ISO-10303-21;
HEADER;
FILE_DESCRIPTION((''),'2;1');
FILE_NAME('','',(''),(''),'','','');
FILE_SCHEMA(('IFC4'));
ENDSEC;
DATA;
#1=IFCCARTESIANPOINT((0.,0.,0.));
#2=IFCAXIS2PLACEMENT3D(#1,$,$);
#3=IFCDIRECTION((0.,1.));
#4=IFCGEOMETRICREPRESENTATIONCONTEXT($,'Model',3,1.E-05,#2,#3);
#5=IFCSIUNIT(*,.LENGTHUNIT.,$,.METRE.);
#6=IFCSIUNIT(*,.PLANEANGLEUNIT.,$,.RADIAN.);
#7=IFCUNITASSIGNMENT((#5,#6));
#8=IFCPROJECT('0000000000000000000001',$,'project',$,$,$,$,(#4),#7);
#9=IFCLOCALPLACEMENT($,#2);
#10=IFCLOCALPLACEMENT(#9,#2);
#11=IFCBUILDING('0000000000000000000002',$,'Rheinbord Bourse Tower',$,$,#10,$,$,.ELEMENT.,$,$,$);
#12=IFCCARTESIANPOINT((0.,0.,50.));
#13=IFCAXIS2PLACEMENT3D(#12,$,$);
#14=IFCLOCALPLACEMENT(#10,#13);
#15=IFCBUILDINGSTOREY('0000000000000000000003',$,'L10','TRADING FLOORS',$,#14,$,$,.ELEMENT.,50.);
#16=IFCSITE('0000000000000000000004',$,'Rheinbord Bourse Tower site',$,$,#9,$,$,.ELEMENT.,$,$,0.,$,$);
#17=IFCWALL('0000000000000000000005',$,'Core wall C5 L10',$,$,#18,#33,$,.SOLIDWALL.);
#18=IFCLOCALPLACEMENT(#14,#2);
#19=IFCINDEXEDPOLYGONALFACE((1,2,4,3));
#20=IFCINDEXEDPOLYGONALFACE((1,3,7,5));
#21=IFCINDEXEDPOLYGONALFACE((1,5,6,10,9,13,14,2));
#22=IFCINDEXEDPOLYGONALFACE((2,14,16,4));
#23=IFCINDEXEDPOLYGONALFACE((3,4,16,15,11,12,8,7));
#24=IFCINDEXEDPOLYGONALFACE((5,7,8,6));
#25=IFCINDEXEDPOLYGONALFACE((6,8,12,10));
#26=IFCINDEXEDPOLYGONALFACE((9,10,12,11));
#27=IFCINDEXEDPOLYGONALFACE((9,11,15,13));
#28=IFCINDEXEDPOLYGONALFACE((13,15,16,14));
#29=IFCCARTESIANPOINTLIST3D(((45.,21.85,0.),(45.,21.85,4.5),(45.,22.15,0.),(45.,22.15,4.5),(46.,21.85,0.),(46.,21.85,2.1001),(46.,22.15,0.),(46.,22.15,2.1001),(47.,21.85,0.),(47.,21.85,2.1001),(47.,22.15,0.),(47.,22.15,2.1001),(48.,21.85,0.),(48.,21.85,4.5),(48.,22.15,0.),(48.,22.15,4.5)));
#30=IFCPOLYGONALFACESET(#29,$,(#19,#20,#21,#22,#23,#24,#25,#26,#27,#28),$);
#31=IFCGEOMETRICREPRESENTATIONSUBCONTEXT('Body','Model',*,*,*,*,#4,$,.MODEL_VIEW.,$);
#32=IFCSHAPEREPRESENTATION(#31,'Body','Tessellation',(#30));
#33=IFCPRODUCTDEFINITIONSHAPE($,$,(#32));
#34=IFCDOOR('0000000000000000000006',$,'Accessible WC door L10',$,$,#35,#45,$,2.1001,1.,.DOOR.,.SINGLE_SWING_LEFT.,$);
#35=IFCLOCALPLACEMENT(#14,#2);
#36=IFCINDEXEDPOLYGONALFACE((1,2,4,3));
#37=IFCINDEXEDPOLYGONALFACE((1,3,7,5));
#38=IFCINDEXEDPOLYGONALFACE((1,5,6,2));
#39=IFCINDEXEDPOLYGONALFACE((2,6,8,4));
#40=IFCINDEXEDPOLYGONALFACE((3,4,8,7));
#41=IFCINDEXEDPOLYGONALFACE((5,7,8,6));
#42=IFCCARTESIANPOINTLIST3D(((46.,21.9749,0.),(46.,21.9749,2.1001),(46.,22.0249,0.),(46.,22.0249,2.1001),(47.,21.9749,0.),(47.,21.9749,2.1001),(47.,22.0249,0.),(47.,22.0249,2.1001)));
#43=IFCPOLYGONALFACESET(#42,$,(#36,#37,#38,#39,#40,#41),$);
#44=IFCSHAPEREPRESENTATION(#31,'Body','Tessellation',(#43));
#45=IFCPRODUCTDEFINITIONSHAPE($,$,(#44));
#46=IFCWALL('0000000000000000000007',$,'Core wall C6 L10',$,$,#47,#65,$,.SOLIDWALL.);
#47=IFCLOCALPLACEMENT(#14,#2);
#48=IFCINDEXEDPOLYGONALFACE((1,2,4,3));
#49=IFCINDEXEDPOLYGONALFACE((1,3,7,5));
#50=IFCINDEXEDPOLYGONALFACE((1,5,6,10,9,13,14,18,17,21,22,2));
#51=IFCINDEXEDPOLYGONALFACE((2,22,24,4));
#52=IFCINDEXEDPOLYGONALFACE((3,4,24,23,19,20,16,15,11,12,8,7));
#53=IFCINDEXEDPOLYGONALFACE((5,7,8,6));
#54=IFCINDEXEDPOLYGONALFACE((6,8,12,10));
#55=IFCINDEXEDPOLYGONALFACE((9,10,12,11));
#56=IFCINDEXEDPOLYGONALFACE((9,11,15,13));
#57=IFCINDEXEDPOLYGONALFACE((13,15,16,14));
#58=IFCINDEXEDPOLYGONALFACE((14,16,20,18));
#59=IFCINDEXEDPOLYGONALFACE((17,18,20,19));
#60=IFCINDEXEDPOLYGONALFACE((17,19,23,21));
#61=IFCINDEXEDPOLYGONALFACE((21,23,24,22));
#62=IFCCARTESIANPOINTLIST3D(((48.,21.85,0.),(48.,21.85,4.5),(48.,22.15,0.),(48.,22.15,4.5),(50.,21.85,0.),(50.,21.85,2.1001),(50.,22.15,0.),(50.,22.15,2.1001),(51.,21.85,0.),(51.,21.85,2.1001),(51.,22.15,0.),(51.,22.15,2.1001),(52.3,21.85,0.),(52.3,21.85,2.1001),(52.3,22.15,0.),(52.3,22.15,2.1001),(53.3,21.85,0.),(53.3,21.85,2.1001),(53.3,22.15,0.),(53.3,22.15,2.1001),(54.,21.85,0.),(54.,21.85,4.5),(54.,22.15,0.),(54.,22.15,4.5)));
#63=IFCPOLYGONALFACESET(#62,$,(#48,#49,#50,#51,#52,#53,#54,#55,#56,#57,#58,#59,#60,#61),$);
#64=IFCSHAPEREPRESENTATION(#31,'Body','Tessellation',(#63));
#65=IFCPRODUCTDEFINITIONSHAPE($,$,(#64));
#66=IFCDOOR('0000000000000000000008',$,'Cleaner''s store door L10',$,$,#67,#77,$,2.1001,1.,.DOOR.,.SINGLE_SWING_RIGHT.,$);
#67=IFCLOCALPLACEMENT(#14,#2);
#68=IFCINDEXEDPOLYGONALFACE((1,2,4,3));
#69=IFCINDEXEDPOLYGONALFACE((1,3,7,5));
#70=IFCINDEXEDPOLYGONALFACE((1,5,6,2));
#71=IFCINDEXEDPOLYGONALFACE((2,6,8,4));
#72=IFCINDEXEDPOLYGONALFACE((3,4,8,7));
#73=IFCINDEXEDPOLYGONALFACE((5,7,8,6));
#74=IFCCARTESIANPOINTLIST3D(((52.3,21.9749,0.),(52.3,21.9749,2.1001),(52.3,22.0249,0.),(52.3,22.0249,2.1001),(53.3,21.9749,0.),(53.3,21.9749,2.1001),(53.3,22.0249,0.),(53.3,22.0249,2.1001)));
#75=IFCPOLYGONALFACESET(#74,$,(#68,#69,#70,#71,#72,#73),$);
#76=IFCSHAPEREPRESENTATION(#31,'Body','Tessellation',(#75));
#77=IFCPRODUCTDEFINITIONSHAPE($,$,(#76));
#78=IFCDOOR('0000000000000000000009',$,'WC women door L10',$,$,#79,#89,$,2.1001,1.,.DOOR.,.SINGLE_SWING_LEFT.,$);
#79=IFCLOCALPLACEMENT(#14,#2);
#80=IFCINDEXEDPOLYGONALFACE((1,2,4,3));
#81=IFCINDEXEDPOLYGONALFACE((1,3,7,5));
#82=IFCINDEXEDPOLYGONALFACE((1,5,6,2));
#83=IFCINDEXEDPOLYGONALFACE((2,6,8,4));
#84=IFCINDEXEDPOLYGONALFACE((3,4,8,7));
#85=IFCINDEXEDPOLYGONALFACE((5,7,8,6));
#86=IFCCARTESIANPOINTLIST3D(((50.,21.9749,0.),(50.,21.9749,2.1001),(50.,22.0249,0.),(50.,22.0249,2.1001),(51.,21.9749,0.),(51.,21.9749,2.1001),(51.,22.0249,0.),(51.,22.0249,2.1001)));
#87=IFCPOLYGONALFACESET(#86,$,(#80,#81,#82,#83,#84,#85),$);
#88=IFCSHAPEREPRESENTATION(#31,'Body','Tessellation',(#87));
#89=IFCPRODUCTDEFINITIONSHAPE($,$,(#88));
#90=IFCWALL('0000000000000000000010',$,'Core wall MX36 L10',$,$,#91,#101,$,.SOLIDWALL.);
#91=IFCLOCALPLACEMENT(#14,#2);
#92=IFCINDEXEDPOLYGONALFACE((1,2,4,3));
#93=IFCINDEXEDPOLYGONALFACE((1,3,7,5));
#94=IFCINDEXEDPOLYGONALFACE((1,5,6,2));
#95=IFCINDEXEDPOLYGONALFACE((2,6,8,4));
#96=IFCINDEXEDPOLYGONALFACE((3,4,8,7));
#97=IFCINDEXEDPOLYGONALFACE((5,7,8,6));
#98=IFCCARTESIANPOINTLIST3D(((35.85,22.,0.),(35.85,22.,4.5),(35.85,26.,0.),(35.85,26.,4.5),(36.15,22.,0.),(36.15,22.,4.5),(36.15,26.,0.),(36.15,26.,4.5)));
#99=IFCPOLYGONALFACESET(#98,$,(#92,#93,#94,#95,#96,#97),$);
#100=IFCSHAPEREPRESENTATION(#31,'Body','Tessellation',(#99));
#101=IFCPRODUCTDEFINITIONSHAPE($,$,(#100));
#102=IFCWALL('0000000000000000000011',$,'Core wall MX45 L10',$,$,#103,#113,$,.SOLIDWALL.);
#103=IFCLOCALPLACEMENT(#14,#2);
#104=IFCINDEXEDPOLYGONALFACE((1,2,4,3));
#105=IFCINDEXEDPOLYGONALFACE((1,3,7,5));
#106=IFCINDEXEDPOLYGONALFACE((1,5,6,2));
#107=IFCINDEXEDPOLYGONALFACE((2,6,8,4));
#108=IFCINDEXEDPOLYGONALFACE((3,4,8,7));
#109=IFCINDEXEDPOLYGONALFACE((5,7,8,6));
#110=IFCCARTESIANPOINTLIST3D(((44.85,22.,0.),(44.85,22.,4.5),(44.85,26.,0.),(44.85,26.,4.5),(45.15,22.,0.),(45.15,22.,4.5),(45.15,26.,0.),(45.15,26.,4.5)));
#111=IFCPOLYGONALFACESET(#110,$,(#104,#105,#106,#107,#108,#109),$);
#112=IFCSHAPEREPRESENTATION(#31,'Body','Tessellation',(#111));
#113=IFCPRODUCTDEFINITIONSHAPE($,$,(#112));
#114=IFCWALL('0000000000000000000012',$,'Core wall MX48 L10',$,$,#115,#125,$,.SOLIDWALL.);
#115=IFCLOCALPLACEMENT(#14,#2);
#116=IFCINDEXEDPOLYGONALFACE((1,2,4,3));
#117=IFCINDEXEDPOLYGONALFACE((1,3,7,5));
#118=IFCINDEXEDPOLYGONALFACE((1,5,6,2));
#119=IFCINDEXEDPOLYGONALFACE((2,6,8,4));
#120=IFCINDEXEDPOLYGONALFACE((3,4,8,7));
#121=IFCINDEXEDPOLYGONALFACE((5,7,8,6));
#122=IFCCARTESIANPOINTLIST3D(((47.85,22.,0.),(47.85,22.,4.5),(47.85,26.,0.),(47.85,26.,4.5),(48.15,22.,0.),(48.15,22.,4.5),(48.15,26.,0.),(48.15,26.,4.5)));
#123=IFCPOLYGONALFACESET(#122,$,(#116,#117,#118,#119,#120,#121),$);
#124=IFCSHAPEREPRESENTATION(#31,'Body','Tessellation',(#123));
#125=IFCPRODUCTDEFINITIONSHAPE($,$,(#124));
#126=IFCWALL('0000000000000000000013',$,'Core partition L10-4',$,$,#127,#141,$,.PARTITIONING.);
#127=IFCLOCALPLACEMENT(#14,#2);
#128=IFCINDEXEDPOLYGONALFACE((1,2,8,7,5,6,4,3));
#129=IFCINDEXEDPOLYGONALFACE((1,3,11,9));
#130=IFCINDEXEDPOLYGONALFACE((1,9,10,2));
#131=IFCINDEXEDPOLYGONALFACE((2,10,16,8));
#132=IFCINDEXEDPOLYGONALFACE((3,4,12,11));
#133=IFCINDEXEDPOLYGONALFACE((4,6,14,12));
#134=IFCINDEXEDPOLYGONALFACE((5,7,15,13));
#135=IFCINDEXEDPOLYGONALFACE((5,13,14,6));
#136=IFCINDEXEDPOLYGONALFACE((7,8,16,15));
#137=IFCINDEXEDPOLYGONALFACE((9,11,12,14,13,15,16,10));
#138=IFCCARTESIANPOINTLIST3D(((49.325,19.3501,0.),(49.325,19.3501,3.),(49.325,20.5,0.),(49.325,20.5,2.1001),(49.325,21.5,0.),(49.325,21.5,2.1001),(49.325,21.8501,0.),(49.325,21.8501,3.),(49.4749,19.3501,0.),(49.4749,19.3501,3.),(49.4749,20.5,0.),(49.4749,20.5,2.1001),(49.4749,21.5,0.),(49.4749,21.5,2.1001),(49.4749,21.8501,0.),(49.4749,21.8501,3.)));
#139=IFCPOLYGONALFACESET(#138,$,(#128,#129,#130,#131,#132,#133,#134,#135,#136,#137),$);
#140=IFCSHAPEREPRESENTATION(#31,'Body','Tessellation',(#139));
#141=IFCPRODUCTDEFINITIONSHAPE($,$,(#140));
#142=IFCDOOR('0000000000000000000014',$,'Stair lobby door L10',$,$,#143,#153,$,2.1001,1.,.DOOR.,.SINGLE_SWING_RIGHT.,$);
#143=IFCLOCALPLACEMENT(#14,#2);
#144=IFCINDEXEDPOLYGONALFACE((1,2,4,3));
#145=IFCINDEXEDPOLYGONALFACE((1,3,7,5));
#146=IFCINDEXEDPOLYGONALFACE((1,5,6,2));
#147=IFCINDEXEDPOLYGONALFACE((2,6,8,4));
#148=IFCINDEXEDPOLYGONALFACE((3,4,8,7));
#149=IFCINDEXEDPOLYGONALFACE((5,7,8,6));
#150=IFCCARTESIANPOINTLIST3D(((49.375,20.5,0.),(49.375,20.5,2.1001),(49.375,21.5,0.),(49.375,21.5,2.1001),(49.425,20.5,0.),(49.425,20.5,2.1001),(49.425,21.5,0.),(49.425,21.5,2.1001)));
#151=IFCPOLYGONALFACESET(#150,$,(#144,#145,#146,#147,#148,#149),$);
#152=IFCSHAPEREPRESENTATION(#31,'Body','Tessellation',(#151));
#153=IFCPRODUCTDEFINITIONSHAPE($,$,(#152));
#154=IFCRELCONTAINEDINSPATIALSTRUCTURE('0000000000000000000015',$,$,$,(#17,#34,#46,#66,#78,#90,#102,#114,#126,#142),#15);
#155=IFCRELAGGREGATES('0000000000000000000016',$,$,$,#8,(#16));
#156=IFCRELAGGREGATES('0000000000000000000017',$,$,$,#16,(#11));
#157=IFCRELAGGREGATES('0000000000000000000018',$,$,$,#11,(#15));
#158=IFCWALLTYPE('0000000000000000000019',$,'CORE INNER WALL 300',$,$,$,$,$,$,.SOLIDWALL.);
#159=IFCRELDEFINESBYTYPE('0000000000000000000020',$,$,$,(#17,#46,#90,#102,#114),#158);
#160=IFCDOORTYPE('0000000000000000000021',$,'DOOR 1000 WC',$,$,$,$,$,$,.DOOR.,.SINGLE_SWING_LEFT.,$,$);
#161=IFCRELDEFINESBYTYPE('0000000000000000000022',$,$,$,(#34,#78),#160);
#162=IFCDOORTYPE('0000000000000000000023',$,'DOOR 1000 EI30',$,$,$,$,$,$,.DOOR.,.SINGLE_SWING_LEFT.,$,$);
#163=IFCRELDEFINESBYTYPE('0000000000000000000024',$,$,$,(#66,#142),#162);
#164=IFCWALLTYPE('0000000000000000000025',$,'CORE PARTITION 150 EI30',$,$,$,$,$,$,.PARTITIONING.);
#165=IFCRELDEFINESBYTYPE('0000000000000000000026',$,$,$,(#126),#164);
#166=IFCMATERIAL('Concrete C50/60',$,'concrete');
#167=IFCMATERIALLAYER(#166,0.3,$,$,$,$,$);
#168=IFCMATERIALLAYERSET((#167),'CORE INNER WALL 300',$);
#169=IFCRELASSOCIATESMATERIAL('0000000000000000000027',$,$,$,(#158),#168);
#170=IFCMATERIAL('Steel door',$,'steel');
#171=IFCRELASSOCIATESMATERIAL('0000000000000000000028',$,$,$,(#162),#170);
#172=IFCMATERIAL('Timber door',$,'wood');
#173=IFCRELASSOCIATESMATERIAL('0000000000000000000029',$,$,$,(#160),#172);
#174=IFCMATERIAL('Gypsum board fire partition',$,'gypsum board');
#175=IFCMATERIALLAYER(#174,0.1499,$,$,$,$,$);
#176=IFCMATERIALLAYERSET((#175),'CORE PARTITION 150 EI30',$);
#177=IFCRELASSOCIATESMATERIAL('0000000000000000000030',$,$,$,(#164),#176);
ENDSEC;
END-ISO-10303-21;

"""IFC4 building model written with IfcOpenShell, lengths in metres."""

from ifc_helpers import new_model, si_unit, direction, frame, frame_2d, origin, place, context, subcontext, project, spatial, rectangle, extrude, material, layer, layer_set, type_object, element, fill, save


model = new_model("IFC4")

# Units and contexts
model_context = context("Model", 3, precision=1e-05, world=origin(), true_north=direction((0.0, 1.0)))
body_context = subcontext(model_context, "Body", "Model", "MODEL_VIEW")
ifc_project = project(units=[si_unit("LENGTHUNIT", "METRE"), si_unit("PLANEANGLEUNIT", "RADIAN")], contexts=[model_context])

# Site, building, storey
site_placement = place(None, origin())
site = spatial("IfcSite", under=ifc_project, at=site_placement, Name="Rheinbord Bourse Tower site", CompositionType="ELEMENT", RefElevation=0.0)
building_placement = place(site_placement, origin())
building = spatial("IfcBuilding", under=site, at=building_placement, Name="Rheinbord Bourse Tower", CompositionType="ELEMENT")
storey_placement = place(building_placement, frame((0.0, 0.0, 50.0)))
storey = spatial("IfcBuildingStorey", under=building, at=storey_placement, Name="L10", Description="TRADING FLOORS", CompositionType="ELEMENT", Elevation=50.0)

# Shared definitions
ifc_material_1 = material(Name="Concrete C50/60", Category="concrete")
ifc_layer_1 = layer(ifc_material_1, 0.3)
ifc_layer_set_1 = layer_set([ifc_layer_1], Name="CORE INNER WALL 300")
wall_type_1 = type_object("IfcWallType", Name="CORE INNER WALL 300", PredefinedType="SOLIDWALL", material=ifc_layer_set_1)

# Wall, opening, door
ifc_material_2 = material(Name="Steel door", Category="steel")
door_type_1 = type_object("IfcDoorType", Name="DOOR 1000 EI30", OperationType="SINGLE_SWING_LEFT", PredefinedType="DOOR", material=ifc_material_2)
wall_1_placement = place(storey_placement, frame((45.0, 22.0, 0.0), z_axis=(0.0, 0.0, 1.0), x_axis=(1.0, 0.0, 0.0)))
wall_1 = element("IfcWall", 1, at=wall_1_placement, inside=storey, type_object=wall_type_1, Name="Core wall C5 L10", PredefinedType="SOLIDWALL", context=body_context, shape_type="SweptSolid", body=[
    extrude(rectangle(XDim=3.0, YDim=0.3, at=frame_2d((1.5, 0.0))), origin(), (0.0, 0.0, 1.0), 4.5),
])
opening_1_placement = place(wall_1_placement, frame((1.0, 0.0, 0.0)))
opening_1 = element("IfcOpeningElement", 2, at=opening_1_placement, cuts=wall_1, PredefinedType="OPENING", context=body_context, shape_type="SweptSolid", body=[
    extrude(rectangle(XDim=1.0, YDim=2.1001, at=frame_2d((0.5, 1.05))), frame((0.0, 0.1599, 0.0), z_axis=(0.0, -1.0, 0.0), x_axis=(1.0, 0.0, 0.0)), (0.0, 0.0, 1.0), 0.3201),
])
ifc_material_3 = material(Name="Timber door", Category="wood")
door_type_2 = type_object("IfcDoorType", Name="DOOR 1000 WC", OperationType="SINGLE_SWING_LEFT", PredefinedType="DOOR", material=ifc_material_3)
door_1_placement = place(opening_1_placement, origin())
door_1 = element("IfcDoor", 3, at=door_1_placement, inside=storey, type_object=door_type_2, Name="Accessible WC door L10", OperationType="SINGLE_SWING_LEFT", OverallHeight=2.1001, OverallWidth=1.0, PredefinedType="DOOR", context=body_context, shape_type="SweptSolid", body=[
    extrude(rectangle(XDim=1.0, YDim=2.1001, at=frame_2d((0.5, 1.05))), frame((0.0, 0.0249, 0.0), z_axis=(0.0, -1.0, 0.0), x_axis=(1.0, 0.0, 0.0)), (0.0, 0.0, 1.0), 0.05),
])
fill(opening_1, door_1)

# Wall, openings, doors
wall_2_placement = place(storey_placement, frame((48.0, 22.0, 0.0), z_axis=(0.0, 0.0, 1.0), x_axis=(1.0, 0.0, 0.0)))
wall_2 = element("IfcWall", 4, at=wall_2_placement, inside=storey, type_object=wall_type_1, Name="Core wall C6 L10", PredefinedType="SOLIDWALL", context=body_context, shape_type="SweptSolid", body=[
    extrude(rectangle(XDim=6.0, YDim=0.3, at=frame_2d((3.0, 0.0))), origin(), (0.0, 0.0, 1.0), 4.5),
])
opening_2_placement = place(wall_2_placement, frame((2.0, 0.0, 0.0)))
opening_2 = element("IfcOpeningElement", 5, at=opening_2_placement, cuts=wall_2, PredefinedType="OPENING", context=body_context, shape_type="SweptSolid", body=[
    extrude(rectangle(XDim=1.0, YDim=2.1001, at=frame_2d((0.5, 1.05))), frame((0.0, 0.1599, 0.0), z_axis=(0.0, -1.0, 0.0), x_axis=(1.0, 0.0, 0.0)), (0.0, 0.0, 1.0), 0.3201),
])
opening_3_placement = place(wall_2_placement, frame((4.3, 0.0, 0.0)))
opening_3 = element("IfcOpeningElement", 6, at=opening_3_placement, cuts=wall_2, PredefinedType="OPENING", context=body_context, shape_type="SweptSolid", body=[
    extrude(rectangle(XDim=1.0, YDim=2.1001, at=frame_2d((0.5, 1.05))), frame((0.0, 0.1599, 0.0), z_axis=(0.0, -1.0, 0.0), x_axis=(1.0, 0.0, 0.0)), (0.0, 0.0, 1.0), 0.3201),
])
door_2_placement = place(opening_3_placement, origin())
door_2 = element("IfcDoor", 7, at=door_2_placement, inside=storey, type_object=door_type_1, Name="Cleaner's store door L10", OperationType="SINGLE_SWING_RIGHT", OverallHeight=2.1001, OverallWidth=1.0, PredefinedType="DOOR", context=body_context, shape_type="SweptSolid", body=[
    extrude(rectangle(XDim=1.0, YDim=2.1001, at=frame_2d((0.5, 1.05))), frame((0.0, 0.0249, 0.0), z_axis=(0.0, -1.0, 0.0), x_axis=(1.0, 0.0, 0.0)), (0.0, 0.0, 1.0), 0.05),
])
fill(opening_3, door_2)
door_3_placement = place(opening_2_placement, origin())
door_3 = element("IfcDoor", 8, at=door_3_placement, inside=storey, type_object=door_type_2, Name="WC women door L10", OperationType="SINGLE_SWING_LEFT", OverallHeight=2.1001, OverallWidth=1.0, PredefinedType="DOOR", context=body_context, shape_type="SweptSolid", body=[
    extrude(rectangle(XDim=1.0, YDim=2.1001, at=frame_2d((0.5, 1.05))), frame((0.0, 0.0249, 0.0), z_axis=(0.0, -1.0, 0.0), x_axis=(1.0, 0.0, 0.0)), (0.0, 0.0, 1.0), 0.05),
])
fill(opening_2, door_3)

# Walls
for number, where, z_axis, x_axis, name in (
    (9, (36.0, 22.0, 0.0), (0.0, 0.0, 1.0), (0.0, 1.0, 0.0), "Core wall MX36 L10"),
    (10, (45.0, 22.0, 0.0), (0.0, 0.0, 1.0), (0.0, 1.0, 0.0), "Core wall MX45 L10"),
    (11, (48.0, 22.0, 0.0), (0.0, 0.0, 1.0), (0.0, 1.0, 0.0), "Core wall MX48 L10"),
):
    element("IfcWall", number, at=place(storey_placement, frame(where, z_axis=z_axis, x_axis=x_axis)), inside=storey, type_object=wall_type_1, Name=name, PredefinedType="SOLIDWALL", context=body_context, shape_type="SweptSolid", body=[
        extrude(rectangle(XDim=4.0, YDim=0.3, at=frame_2d((2.0, 0.0))), origin(), (0.0, 0.0, 1.0), 4.5),
    ])

# Wall, opening, door
ifc_material_4 = material(Name="Gypsum board fire partition", Category="gypsum board")
ifc_layer_2 = layer(ifc_material_4, 0.1499)
ifc_layer_set_2 = layer_set([ifc_layer_2], Name="CORE PARTITION 150 EI30")
wall_type_2 = type_object("IfcWallType", Name="CORE PARTITION 150 EI30", PredefinedType="PARTITIONING", material=ifc_layer_set_2)
wall_3_placement = place(storey_placement, frame((49.3999, 19.3501, 0.0), z_axis=(0.0, 0.0, 1.0), x_axis=(0.0, 1.0, 0.0)))
wall_3 = element("IfcWall", 12, at=wall_3_placement, inside=storey, type_object=wall_type_2, Name="Core partition L10-4", PredefinedType="PARTITIONING", context=body_context, shape_type="SweptSolid", body=[
    extrude(rectangle(XDim=2.5, YDim=0.1499, at=frame_2d((1.25, 0.0))), origin(), (0.0, 0.0, 1.0), 3.0),
])
opening_4_placement = place(wall_3_placement, frame((1.1499, 0.0, 0.0)))
opening_4 = element("IfcOpeningElement", 13, at=opening_4_placement, cuts=wall_3, PredefinedType="OPENING", context=body_context, shape_type="SweptSolid", body=[
    extrude(rectangle(XDim=1.0, YDim=2.1001, at=frame_2d((0.5, 1.05))), frame((0.0, 0.085, 0.0), z_axis=(0.0, -1.0, 0.0), x_axis=(1.0, 0.0, 0.0)), (0.0, 0.0, 1.0), 0.1699),
])
door_4_placement = place(opening_4_placement, origin())
door_4 = element("IfcDoor", 14, at=door_4_placement, inside=storey, type_object=door_type_1, Name="Stair lobby door L10", OperationType="SINGLE_SWING_RIGHT", OverallHeight=2.1001, OverallWidth=1.0, PredefinedType="DOOR", context=body_context, shape_type="SweptSolid", body=[
    extrude(rectangle(XDim=1.0, YDim=2.1001, at=frame_2d((0.5, 1.05))), frame((0.0, 0.0249, 0.0), z_axis=(0.0, -1.0, 0.0), x_axis=(1.0, 0.0, 0.0)), (0.0, 0.0, 1.0), 0.05),
])
fill(opening_4, door_4)

save(model, "model.ifc")
